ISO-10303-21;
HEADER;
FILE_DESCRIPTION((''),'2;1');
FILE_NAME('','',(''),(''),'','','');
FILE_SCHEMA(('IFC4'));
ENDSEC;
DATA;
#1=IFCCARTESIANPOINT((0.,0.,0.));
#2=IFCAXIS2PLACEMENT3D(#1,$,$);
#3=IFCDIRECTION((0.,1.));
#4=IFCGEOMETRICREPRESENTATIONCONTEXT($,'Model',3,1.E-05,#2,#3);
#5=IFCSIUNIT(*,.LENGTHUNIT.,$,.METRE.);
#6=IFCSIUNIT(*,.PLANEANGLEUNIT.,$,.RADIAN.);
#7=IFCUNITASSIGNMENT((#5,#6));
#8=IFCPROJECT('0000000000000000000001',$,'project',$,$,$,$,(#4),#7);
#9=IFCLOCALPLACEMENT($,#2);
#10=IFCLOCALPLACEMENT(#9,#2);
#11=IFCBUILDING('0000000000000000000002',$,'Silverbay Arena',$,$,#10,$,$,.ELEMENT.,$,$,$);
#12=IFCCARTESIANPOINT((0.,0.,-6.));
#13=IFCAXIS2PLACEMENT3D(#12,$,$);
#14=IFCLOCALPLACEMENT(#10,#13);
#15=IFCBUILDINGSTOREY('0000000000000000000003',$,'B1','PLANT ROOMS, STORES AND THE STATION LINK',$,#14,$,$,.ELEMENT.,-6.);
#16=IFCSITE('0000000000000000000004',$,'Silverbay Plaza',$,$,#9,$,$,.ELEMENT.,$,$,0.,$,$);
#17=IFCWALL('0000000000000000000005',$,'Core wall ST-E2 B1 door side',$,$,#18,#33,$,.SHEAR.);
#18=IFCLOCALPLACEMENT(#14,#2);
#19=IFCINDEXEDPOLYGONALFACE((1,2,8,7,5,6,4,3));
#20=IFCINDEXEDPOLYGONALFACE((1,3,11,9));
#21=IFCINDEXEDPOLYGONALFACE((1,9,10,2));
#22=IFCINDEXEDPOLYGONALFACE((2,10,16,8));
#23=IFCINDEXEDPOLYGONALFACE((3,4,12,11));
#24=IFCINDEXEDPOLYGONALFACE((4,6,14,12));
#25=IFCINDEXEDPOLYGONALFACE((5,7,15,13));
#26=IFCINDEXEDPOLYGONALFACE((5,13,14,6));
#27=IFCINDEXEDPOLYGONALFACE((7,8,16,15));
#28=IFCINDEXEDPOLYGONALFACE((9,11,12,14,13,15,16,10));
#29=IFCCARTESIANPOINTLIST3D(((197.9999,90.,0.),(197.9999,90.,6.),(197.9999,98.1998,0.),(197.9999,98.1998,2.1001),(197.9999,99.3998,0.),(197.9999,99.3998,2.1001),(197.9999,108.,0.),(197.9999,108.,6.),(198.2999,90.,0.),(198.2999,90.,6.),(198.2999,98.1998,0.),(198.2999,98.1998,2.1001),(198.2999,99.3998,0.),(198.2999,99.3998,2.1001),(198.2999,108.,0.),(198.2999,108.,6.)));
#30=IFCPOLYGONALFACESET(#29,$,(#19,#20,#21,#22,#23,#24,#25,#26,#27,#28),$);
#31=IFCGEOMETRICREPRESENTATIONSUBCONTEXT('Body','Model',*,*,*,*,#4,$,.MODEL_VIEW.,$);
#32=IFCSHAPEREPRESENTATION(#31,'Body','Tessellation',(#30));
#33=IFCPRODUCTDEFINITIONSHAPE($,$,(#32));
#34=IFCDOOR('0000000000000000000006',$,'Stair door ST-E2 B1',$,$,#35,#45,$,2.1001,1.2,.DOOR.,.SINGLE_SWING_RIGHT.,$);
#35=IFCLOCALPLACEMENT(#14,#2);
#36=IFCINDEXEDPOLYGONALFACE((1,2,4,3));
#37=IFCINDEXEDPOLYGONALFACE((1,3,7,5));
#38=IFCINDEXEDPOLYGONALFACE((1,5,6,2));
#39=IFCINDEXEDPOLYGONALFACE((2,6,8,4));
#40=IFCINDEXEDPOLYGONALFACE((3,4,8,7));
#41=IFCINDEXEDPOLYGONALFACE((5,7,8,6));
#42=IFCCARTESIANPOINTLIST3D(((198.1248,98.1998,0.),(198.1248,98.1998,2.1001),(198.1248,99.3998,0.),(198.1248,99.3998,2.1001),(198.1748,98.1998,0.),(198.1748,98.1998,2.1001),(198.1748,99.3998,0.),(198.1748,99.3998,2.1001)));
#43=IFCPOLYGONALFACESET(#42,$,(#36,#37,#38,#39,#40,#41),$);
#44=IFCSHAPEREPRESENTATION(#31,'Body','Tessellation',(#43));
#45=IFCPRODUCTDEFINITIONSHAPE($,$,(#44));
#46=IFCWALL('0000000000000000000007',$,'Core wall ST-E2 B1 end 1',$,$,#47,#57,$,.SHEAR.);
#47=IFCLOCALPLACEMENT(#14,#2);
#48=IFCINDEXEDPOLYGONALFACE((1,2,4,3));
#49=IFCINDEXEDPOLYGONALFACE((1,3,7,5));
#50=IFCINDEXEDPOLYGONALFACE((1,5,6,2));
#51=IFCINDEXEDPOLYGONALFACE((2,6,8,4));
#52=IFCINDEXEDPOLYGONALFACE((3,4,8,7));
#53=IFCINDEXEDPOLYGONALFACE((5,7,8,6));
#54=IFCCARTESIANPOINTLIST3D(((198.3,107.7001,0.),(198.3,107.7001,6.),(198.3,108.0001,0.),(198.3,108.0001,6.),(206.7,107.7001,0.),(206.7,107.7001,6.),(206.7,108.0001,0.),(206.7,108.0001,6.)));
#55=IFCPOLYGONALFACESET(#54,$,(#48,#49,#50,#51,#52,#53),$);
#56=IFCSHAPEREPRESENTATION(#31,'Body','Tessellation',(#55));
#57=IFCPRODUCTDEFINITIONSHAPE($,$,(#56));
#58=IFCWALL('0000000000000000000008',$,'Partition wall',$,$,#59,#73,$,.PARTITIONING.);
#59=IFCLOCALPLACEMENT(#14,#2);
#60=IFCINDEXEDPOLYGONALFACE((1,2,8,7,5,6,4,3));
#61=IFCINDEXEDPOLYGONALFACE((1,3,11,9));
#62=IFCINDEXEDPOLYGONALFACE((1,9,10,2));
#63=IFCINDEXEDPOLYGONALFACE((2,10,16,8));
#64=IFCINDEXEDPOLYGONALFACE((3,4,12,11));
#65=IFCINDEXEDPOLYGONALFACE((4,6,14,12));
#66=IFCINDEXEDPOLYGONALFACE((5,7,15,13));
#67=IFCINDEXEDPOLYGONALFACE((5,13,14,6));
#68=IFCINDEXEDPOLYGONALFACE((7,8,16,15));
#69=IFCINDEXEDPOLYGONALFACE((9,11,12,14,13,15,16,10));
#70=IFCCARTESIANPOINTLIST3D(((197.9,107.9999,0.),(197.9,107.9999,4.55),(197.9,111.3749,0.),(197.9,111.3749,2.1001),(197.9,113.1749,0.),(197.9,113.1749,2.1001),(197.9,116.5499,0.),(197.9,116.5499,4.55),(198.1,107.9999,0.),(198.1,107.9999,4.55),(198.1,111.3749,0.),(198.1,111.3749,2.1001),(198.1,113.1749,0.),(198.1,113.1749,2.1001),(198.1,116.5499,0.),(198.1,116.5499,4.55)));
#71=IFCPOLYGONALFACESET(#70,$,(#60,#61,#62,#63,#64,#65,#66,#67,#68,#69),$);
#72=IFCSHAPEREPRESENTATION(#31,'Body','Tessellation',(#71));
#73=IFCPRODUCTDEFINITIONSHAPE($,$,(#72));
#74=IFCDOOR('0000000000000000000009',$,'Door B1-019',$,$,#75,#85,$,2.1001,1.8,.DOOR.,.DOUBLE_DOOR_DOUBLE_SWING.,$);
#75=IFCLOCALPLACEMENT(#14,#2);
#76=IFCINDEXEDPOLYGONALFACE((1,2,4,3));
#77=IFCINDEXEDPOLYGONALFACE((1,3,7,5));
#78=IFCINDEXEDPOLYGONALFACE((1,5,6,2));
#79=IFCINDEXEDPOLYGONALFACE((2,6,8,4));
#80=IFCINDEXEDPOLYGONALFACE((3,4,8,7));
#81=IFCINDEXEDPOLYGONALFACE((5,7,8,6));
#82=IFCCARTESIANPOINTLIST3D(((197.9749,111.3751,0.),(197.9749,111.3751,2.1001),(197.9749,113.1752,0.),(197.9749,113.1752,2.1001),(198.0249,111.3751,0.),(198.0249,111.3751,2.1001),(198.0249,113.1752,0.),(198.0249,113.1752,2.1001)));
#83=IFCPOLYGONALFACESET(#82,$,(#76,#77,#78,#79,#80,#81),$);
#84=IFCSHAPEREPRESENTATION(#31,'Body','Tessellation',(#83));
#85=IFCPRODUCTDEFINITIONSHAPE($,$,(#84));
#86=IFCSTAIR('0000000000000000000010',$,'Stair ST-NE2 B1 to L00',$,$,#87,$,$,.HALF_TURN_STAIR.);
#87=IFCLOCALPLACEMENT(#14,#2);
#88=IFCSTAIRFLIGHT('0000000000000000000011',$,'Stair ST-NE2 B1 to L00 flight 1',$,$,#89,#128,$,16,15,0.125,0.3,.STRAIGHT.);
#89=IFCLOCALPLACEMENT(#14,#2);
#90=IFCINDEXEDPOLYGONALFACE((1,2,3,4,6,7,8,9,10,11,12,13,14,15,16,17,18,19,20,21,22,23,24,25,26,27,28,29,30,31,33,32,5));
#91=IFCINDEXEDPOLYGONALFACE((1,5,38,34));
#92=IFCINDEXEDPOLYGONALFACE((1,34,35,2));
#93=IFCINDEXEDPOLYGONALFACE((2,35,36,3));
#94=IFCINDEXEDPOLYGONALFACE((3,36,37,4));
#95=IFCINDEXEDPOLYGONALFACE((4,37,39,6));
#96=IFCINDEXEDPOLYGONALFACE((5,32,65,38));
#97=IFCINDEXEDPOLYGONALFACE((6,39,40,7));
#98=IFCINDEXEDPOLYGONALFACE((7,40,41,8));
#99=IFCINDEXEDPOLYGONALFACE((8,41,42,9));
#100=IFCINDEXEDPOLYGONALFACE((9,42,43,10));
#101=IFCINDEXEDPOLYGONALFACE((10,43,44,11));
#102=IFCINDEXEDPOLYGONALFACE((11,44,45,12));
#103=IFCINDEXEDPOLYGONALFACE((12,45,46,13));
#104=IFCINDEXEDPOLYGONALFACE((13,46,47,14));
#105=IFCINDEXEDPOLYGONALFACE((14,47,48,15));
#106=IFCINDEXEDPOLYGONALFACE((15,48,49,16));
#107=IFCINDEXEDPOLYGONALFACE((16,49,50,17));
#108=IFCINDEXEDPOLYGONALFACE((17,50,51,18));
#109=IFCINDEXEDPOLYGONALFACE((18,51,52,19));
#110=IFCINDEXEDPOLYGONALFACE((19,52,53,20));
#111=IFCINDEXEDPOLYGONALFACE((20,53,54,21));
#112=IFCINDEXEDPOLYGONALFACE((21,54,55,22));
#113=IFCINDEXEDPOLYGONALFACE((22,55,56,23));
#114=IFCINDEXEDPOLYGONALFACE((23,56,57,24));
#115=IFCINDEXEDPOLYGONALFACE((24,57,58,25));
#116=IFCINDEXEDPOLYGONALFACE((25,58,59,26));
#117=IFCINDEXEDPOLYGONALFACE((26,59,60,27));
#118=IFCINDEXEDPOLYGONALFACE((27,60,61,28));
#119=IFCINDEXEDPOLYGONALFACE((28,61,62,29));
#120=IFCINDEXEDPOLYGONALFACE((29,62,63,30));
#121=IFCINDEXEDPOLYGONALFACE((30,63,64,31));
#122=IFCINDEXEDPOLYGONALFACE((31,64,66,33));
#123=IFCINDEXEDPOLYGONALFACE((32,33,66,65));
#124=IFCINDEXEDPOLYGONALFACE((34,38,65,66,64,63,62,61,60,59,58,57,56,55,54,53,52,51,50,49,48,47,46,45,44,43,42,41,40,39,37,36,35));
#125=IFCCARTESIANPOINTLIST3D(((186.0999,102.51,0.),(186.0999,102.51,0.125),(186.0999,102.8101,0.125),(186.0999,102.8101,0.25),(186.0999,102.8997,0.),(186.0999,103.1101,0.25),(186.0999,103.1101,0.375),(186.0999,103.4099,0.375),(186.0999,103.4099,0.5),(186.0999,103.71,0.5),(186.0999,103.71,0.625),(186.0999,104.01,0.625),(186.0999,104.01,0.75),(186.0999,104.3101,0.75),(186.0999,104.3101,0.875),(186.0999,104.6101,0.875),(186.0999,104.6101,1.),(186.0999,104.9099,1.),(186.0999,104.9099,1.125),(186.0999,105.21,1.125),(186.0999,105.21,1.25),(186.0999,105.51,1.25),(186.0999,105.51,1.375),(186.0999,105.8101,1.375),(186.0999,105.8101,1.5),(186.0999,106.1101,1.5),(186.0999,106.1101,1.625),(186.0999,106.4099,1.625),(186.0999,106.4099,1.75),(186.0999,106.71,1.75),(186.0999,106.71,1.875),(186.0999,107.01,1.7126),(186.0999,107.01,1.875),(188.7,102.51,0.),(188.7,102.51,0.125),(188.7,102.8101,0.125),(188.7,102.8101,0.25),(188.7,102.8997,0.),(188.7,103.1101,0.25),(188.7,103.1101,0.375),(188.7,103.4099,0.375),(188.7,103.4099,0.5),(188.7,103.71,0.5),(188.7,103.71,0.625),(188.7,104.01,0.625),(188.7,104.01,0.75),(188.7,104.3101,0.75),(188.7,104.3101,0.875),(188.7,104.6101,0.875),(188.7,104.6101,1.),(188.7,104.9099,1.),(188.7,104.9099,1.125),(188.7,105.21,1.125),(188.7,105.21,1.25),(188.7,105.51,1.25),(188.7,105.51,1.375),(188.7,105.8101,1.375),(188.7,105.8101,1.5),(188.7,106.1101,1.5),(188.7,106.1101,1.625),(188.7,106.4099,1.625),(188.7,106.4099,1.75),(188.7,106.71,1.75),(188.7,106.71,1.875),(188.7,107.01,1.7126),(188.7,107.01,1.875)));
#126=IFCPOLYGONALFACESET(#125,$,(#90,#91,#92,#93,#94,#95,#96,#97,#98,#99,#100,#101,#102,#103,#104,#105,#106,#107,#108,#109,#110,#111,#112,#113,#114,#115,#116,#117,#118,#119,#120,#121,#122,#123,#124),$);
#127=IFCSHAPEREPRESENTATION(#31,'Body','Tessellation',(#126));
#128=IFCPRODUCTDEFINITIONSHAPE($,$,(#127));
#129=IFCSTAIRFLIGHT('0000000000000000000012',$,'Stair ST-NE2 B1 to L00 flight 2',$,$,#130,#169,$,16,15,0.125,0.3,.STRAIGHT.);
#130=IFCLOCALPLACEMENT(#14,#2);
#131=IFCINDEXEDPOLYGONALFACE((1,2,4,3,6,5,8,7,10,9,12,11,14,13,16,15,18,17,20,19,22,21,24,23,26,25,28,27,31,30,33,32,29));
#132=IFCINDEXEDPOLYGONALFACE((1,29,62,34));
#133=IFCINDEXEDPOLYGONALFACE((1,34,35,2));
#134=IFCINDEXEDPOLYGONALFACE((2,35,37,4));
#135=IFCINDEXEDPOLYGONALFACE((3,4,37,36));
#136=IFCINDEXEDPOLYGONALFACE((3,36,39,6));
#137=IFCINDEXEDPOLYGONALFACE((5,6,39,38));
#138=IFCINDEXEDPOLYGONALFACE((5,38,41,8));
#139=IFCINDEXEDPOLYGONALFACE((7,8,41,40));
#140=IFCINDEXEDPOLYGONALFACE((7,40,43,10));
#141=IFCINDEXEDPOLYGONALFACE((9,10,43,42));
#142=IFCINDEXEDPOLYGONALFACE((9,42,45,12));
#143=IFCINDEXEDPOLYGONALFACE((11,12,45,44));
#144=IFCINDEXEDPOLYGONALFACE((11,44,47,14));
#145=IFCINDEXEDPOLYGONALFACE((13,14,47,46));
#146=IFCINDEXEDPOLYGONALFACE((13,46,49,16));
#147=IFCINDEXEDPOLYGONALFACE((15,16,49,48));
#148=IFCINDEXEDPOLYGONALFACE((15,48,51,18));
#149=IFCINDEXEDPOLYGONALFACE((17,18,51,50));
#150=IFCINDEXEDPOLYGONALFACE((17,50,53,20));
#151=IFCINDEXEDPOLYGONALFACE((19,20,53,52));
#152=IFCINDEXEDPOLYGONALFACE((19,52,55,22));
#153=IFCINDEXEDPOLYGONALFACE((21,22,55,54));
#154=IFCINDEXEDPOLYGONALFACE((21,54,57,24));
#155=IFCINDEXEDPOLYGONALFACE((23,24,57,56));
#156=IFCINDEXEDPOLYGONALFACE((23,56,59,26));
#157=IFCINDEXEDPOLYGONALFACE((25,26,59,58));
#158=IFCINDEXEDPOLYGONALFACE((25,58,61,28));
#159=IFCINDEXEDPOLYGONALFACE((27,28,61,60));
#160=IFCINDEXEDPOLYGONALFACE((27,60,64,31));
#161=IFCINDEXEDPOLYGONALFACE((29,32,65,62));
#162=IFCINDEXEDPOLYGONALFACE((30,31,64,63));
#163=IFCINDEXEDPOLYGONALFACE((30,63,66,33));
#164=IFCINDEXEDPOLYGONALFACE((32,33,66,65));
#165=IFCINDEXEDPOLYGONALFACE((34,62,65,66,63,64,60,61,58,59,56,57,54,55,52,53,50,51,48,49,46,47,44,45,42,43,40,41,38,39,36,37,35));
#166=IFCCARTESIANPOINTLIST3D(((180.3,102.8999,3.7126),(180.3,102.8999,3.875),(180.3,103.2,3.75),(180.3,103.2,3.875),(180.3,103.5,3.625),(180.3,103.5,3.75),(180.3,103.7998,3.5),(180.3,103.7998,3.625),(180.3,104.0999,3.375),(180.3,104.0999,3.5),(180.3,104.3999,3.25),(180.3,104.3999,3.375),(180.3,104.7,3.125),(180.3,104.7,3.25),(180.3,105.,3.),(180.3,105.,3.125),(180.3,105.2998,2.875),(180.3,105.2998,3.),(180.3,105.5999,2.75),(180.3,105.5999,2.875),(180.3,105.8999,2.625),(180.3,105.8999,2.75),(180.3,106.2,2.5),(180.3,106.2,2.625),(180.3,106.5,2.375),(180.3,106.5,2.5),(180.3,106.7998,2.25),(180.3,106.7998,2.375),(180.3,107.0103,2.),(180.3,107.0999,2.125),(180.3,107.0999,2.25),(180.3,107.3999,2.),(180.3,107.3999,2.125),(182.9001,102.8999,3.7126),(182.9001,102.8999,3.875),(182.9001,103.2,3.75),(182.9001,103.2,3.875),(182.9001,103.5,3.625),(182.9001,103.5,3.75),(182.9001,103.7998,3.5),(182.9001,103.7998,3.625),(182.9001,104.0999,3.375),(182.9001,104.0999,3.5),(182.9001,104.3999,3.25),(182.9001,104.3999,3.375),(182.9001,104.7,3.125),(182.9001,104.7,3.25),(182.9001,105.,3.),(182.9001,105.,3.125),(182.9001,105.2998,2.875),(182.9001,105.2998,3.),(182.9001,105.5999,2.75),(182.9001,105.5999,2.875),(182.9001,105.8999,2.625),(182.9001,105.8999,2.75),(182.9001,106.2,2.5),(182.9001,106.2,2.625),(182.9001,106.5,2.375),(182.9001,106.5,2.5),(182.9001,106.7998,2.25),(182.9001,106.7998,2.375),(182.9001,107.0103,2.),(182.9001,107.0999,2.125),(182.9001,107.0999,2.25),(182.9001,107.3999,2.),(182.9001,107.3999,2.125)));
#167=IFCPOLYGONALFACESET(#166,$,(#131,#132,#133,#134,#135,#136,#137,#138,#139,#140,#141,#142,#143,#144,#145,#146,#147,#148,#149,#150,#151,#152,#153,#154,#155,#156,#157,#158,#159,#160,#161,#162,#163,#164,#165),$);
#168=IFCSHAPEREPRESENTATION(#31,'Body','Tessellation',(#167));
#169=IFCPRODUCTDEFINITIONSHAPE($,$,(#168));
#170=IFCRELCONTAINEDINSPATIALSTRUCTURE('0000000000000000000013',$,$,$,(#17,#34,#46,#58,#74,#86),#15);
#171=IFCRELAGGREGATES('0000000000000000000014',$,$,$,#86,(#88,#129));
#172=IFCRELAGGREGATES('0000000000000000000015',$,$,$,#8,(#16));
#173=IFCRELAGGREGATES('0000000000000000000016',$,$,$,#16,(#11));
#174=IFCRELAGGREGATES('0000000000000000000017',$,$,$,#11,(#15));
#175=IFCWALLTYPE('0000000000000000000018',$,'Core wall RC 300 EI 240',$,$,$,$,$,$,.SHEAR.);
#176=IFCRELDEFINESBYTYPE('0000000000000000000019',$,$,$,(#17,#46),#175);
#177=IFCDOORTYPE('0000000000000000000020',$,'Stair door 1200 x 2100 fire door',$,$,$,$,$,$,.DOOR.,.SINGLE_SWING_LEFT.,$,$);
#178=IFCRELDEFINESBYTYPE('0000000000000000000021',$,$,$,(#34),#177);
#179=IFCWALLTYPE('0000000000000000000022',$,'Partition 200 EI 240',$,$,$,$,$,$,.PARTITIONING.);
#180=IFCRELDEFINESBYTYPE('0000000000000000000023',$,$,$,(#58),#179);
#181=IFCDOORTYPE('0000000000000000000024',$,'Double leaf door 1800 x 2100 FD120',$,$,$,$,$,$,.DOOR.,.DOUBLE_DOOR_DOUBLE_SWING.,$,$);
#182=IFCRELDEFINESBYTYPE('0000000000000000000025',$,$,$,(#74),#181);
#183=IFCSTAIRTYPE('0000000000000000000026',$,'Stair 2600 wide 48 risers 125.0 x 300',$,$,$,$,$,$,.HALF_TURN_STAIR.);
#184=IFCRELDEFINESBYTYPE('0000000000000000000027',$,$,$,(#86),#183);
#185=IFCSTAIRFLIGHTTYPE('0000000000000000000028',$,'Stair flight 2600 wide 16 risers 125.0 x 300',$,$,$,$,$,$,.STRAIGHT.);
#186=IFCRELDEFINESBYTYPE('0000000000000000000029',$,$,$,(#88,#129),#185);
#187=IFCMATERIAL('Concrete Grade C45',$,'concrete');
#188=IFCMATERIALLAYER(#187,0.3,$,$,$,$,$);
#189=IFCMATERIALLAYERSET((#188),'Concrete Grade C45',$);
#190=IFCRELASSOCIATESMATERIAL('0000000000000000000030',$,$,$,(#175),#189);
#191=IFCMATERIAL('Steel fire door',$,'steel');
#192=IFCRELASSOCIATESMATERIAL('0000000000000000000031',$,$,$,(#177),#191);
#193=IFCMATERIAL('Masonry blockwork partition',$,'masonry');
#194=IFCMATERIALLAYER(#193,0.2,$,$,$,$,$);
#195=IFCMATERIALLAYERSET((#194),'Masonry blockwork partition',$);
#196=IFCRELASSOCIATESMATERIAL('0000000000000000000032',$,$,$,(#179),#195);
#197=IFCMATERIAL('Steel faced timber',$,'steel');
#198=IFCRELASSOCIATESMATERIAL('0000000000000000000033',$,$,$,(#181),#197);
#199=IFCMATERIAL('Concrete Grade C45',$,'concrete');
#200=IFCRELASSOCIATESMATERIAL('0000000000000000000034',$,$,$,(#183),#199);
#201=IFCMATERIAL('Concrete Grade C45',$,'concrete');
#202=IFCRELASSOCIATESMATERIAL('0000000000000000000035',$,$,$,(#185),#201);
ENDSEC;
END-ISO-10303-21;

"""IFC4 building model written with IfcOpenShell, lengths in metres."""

from ifc_helpers import new_model, si_unit, direction, frame, frame_2d, origin, place, context, subcontext, project, spatial, polyline, rectangle, outline, extrude, material, layer, layer_set, type_object, element, fill, aggregate, save


model = new_model("IFC4")

# Units and contexts
model_context = context("Model", 3, precision=1e-05, world=origin(), true_north=direction((0.0, 1.0)))
body_context = subcontext(model_context, "Body", "Model", "MODEL_VIEW")
ifc_project = project(units=[si_unit("LENGTHUNIT", "METRE"), si_unit("PLANEANGLEUNIT", "RADIAN")], contexts=[model_context])

# Site, building, storey
site_placement = place(None, origin())
site = spatial("IfcSite", under=ifc_project, at=site_placement, Name="Silverbay Plaza", CompositionType="ELEMENT", RefElevation=0.0)
building_placement = place(site_placement, origin())
building = spatial("IfcBuilding", under=site, at=building_placement, Name="Silverbay Arena", CompositionType="ELEMENT")
storey_placement = place(building_placement, frame((0.0, 0.0, -6.0)))
storey = spatial("IfcBuildingStorey", under=building, at=storey_placement, Name="B1", Description="PLANT ROOMS, STORES AND THE STATION LINK", CompositionType="ELEMENT", Elevation=-6.0)

# Wall, opening, door
ifc_material_1 = material(Name="Concrete Grade C45", Category="concrete")
ifc_layer_1 = layer(ifc_material_1, 0.3)
ifc_layer_set_1 = layer_set([ifc_layer_1], Name="Concrete Grade C45")
wall_type_1 = type_object("IfcWallType", Name="Core wall RC 300 EI 240", PredefinedType="SHEAR", material=ifc_layer_set_1)
wall_1_placement = place(storey_placement, frame((198.1499, 108.0, 0.0), z_axis=(0.0, 0.0, 1.0), x_axis=(0.0, -1.0, 0.0)))
wall_1 = element("IfcWall", 1, at=wall_1_placement, inside=storey, type_object=wall_type_1, Name="Core wall ST-E2 B1 door side", PredefinedType="SHEAR", context=body_context, shape_type="SweptSolid", body=[
    extrude(rectangle(XDim=18.0, YDim=0.3, at=frame_2d((9.0, 0.0))), origin(), (0.0, 0.0, 1.0), 6.0),
])
opening_1_placement = place(wall_1_placement, frame((8.6001, 0.0, 0.0)))
opening_1 = element("IfcOpeningElement", 2, at=opening_1_placement, cuts=wall_1, PredefinedType="OPENING", context=body_context, shape_type="SweptSolid", body=[
    extrude(rectangle(XDim=1.2, YDim=2.1001, at=frame_2d((0.6001, 1.05))), frame((0.0, 0.1602, 0.0), z_axis=(0.0, -1.0, 0.0), x_axis=(1.0, 0.0, 0.0)), (0.0, 0.0, 1.0), 0.3201),
])
ifc_material_2 = material(Name="Steel fire door", Category="steel")
door_type_1 = type_object("IfcDoorType", Name="Stair door 1200 x 2100 fire door", OperationType="SINGLE_SWING_LEFT", PredefinedType="DOOR", material=ifc_material_2)
door_1_placement = place(opening_1_placement, origin())
door_1 = element("IfcDoor", 3, at=door_1_placement, inside=storey, type_object=door_type_1, Name="Stair door ST-E2 B1", OperationType="SINGLE_SWING_RIGHT", OverallHeight=2.1001, OverallWidth=1.2, PredefinedType="DOOR", context=body_context, shape_type="SweptSolid", body=[
    extrude(rectangle(XDim=1.2, YDim=2.1001, at=frame_2d((0.6001, 1.05))), frame((0.0, 0.0249, 0.0), z_axis=(0.0, -1.0, 0.0), x_axis=(1.0, 0.0, 0.0)), (0.0, 0.0, 1.0), 0.05),
])
fill(opening_1, door_1)

# Wall
wall_2_placement = place(storey_placement, frame((198.3, 107.8501, 0.0), z_axis=(0.0, 0.0, 1.0), x_axis=(1.0, 0.0, 0.0)))
element("IfcWall", 4, at=wall_2_placement, inside=storey, type_object=wall_type_1, Name="Core wall ST-E2 B1 end 1", PredefinedType="SHEAR", context=body_context, shape_type="SweptSolid", body=[
    extrude(rectangle(XDim=8.3999, YDim=0.3, at=frame_2d((4.2, 0.0))), origin(), (0.0, 0.0, 1.0), 6.0),
])

# Wall, opening, door
ifc_material_3 = material(Name="Masonry blockwork partition", Category="masonry")
ifc_layer_2 = layer(ifc_material_3, 0.2)
ifc_layer_set_2 = layer_set([ifc_layer_2], Name="Masonry blockwork partition")
wall_type_2 = type_object("IfcWallType", Name="Partition 200 EI 240", PredefinedType="PARTITIONING", material=ifc_layer_set_2)
wall_3_placement = place(storey_placement, frame((198.0, 108.0, 0.0), z_axis=(0.0, 0.0, 1.0), x_axis=(0.0, 1.0, 0.0)))
wall_3 = element("IfcWall", 5, at=wall_3_placement, inside=storey, type_object=wall_type_2, Name="Partition wall", PredefinedType="PARTITIONING", context=body_context, shape_type="SweptSolid", body=[
    extrude(rectangle(XDim=8.55, YDim=0.2, at=frame_2d((4.2749, 0.0))), origin(), (0.0, 0.0, 1.0), 4.55),
])
opening_2_placement = place(wall_3_placement, frame((3.375, 0.0, 0.0)))
opening_2 = element("IfcOpeningElement", 6, at=opening_2_placement, cuts=wall_3, PredefinedType="OPENING", context=body_context, shape_type="SweptSolid", body=[
    extrude(rectangle(XDim=1.8, YDim=2.1001, at=frame_2d((0.8999, 1.05))), frame((0.0, 0.1099, 0.0), z_axis=(0.0, -1.0, 0.0), x_axis=(1.0, 0.0, 0.0)), (0.0, 0.0, 1.0), 0.22),
])
ifc_material_4 = material(Name="Steel faced timber", Category="steel")
door_type_2 = type_object("IfcDoorType", Name="Double leaf door 1800 x 2100 FD120", OperationType="DOUBLE_DOOR_DOUBLE_SWING", PredefinedType="DOOR", material=ifc_material_4)
door_2_placement = place(opening_2_placement, frame((1.8, 0.0, 0.0), z_axis=(0.0, 0.0, 1.0), x_axis=(-1.0, 0.0, 0.0)))
door_2 = element("IfcDoor", 7, at=door_2_placement, inside=storey, type_object=door_type_2, Name="Door B1-019", OperationType="DOUBLE_DOOR_DOUBLE_SWING", OverallHeight=2.1001, OverallWidth=1.8, PredefinedType="DOOR", context=body_context, shape_type="SweptSolid", body=[
    extrude(rectangle(XDim=1.8, YDim=2.1001, at=frame_2d((0.8999, 1.05))), frame((0.0, 0.0249, 0.0), z_axis=(0.0, -1.0, 0.0), x_axis=(1.0, 0.0, 0.0)), (0.0, 0.0, 1.0), 0.05),
])
fill(opening_2, door_2)

# Stair, stair flights
ifc_material_5 = material(Name="Concrete Grade C45", Category="concrete")
stair_type = type_object("IfcStairType", Name="Stair 2600 wide 48 risers 125.0 x 300", PredefinedType="HALF_TURN_STAIR", material=ifc_material_5)
stair_placement = place(storey_placement, origin())
stair = element("IfcStair", 8, at=stair_placement, inside=storey, type_object=stair_type, Name="Stair ST-NE2 B1 to L00", PredefinedType="HALF_TURN_STAIR")
ifc_material_6 = material(Name="Concrete Grade C45", Category="concrete")
stair_flight_type = type_object("IfcStairFlightType", Name="Stair flight 2600 wide 16 risers 125.0 x 300", PredefinedType="STRAIGHT", material=ifc_material_6)
stair_flight_1_placement = place(storey_placement, frame((187.3999, 102.51, 0.0), z_axis=(0.0, 0.0, 1.0), x_axis=(0.0, 1.0, 0.0)))
stair_flight_1 = element("IfcStairFlight", 9, at=stair_flight_1_placement, type_object=stair_flight_type, Name="Stair ST-NE2 B1 to L00 flight 1", NumberOfRisers=16, NumberOfTreads=15, PredefinedType="STRAIGHT", RiserHeight=0.125, TreadLength=0.3, context=body_context, shape_type="SweptSolid", body=[
    extrude(outline(polyline([(0.0, 0.0), (0.0, 0.125), (0.3, 0.125), (0.3, 0.25), (0.6001, 0.25), (0.6001, 0.375), (0.8999, 0.375), (0.8999, 0.5), (1.2, 0.5), (1.2, 0.625), (1.5, 0.625), (1.5, 0.75), (1.8, 0.75), (1.8, 0.875), (2.1001, 0.875), (2.1001, 1.0), (2.3999, 1.0), (2.3999, 1.125), (2.7, 1.125), (2.7, 1.25), (3.0, 1.25), (3.0, 1.375), (3.3, 1.375), (3.3, 1.5), (3.6001, 1.5), (3.6001, 1.625), (3.8999, 1.625), (3.8999, 1.75), (4.2, 1.75), (4.2, 1.875), (4.5, 1.875), (4.5, 1.7126), (0.3896, 0.0), (0.0, 0.0)])), frame((0.0, 1.3, 0.0), z_axis=(0.0, -1.0, 0.0), x_axis=(1.0, 0.0, 0.0)), (0.0, 0.0, 1.0), 2.6001),
])
stair_flight_2_placement = place(storey_placement, frame((181.6001, 107.3999, 2.0), z_axis=(0.0, 0.0, 1.0), x_axis=(0.0, -1.0, 0.0)))
stair_flight_2 = element("IfcStairFlight", 10, at=stair_flight_2_placement, type_object=stair_flight_type, Name="Stair ST-NE2 B1 to L00 flight 2", NumberOfRisers=16, NumberOfTreads=15, PredefinedType="STRAIGHT", RiserHeight=0.125, TreadLength=0.3, context=body_context, shape_type="SweptSolid", body=[
    extrude(outline(polyline([(0.0, 0.0), (0.0, 0.125), (0.3, 0.125), (0.3, 0.25), (0.6001, 0.25), (0.6001, 0.375), (0.8999, 0.375), (0.8999, 0.5), (1.2, 0.5), (1.2, 0.625), (1.5, 0.625), (1.5, 0.75), (1.8, 0.75), (1.8, 0.875), (2.1001, 0.875), (2.1001, 1.0), (2.3999, 1.0), (2.3999, 1.125), (2.7, 1.125), (2.7, 1.25), (3.0, 1.25), (3.0, 1.375), (3.3, 1.375), (3.3, 1.5), (3.6001, 1.5), (3.6001, 1.625), (3.8999, 1.625), (3.8999, 1.75), (4.2, 1.75), (4.2, 1.875), (4.5, 1.875), (4.5, 1.7126), (0.3896, 0.0), (0.0, 0.0)])), frame((0.0, 1.3, 0.0), z_axis=(0.0, -1.0, 0.0), x_axis=(1.0, 0.0, 0.0)), (0.0, 0.0, 1.0), 2.6001),
])
aggregate(stair, [stair_flight_1, stair_flight_2])

save(model, "model.ifc")
